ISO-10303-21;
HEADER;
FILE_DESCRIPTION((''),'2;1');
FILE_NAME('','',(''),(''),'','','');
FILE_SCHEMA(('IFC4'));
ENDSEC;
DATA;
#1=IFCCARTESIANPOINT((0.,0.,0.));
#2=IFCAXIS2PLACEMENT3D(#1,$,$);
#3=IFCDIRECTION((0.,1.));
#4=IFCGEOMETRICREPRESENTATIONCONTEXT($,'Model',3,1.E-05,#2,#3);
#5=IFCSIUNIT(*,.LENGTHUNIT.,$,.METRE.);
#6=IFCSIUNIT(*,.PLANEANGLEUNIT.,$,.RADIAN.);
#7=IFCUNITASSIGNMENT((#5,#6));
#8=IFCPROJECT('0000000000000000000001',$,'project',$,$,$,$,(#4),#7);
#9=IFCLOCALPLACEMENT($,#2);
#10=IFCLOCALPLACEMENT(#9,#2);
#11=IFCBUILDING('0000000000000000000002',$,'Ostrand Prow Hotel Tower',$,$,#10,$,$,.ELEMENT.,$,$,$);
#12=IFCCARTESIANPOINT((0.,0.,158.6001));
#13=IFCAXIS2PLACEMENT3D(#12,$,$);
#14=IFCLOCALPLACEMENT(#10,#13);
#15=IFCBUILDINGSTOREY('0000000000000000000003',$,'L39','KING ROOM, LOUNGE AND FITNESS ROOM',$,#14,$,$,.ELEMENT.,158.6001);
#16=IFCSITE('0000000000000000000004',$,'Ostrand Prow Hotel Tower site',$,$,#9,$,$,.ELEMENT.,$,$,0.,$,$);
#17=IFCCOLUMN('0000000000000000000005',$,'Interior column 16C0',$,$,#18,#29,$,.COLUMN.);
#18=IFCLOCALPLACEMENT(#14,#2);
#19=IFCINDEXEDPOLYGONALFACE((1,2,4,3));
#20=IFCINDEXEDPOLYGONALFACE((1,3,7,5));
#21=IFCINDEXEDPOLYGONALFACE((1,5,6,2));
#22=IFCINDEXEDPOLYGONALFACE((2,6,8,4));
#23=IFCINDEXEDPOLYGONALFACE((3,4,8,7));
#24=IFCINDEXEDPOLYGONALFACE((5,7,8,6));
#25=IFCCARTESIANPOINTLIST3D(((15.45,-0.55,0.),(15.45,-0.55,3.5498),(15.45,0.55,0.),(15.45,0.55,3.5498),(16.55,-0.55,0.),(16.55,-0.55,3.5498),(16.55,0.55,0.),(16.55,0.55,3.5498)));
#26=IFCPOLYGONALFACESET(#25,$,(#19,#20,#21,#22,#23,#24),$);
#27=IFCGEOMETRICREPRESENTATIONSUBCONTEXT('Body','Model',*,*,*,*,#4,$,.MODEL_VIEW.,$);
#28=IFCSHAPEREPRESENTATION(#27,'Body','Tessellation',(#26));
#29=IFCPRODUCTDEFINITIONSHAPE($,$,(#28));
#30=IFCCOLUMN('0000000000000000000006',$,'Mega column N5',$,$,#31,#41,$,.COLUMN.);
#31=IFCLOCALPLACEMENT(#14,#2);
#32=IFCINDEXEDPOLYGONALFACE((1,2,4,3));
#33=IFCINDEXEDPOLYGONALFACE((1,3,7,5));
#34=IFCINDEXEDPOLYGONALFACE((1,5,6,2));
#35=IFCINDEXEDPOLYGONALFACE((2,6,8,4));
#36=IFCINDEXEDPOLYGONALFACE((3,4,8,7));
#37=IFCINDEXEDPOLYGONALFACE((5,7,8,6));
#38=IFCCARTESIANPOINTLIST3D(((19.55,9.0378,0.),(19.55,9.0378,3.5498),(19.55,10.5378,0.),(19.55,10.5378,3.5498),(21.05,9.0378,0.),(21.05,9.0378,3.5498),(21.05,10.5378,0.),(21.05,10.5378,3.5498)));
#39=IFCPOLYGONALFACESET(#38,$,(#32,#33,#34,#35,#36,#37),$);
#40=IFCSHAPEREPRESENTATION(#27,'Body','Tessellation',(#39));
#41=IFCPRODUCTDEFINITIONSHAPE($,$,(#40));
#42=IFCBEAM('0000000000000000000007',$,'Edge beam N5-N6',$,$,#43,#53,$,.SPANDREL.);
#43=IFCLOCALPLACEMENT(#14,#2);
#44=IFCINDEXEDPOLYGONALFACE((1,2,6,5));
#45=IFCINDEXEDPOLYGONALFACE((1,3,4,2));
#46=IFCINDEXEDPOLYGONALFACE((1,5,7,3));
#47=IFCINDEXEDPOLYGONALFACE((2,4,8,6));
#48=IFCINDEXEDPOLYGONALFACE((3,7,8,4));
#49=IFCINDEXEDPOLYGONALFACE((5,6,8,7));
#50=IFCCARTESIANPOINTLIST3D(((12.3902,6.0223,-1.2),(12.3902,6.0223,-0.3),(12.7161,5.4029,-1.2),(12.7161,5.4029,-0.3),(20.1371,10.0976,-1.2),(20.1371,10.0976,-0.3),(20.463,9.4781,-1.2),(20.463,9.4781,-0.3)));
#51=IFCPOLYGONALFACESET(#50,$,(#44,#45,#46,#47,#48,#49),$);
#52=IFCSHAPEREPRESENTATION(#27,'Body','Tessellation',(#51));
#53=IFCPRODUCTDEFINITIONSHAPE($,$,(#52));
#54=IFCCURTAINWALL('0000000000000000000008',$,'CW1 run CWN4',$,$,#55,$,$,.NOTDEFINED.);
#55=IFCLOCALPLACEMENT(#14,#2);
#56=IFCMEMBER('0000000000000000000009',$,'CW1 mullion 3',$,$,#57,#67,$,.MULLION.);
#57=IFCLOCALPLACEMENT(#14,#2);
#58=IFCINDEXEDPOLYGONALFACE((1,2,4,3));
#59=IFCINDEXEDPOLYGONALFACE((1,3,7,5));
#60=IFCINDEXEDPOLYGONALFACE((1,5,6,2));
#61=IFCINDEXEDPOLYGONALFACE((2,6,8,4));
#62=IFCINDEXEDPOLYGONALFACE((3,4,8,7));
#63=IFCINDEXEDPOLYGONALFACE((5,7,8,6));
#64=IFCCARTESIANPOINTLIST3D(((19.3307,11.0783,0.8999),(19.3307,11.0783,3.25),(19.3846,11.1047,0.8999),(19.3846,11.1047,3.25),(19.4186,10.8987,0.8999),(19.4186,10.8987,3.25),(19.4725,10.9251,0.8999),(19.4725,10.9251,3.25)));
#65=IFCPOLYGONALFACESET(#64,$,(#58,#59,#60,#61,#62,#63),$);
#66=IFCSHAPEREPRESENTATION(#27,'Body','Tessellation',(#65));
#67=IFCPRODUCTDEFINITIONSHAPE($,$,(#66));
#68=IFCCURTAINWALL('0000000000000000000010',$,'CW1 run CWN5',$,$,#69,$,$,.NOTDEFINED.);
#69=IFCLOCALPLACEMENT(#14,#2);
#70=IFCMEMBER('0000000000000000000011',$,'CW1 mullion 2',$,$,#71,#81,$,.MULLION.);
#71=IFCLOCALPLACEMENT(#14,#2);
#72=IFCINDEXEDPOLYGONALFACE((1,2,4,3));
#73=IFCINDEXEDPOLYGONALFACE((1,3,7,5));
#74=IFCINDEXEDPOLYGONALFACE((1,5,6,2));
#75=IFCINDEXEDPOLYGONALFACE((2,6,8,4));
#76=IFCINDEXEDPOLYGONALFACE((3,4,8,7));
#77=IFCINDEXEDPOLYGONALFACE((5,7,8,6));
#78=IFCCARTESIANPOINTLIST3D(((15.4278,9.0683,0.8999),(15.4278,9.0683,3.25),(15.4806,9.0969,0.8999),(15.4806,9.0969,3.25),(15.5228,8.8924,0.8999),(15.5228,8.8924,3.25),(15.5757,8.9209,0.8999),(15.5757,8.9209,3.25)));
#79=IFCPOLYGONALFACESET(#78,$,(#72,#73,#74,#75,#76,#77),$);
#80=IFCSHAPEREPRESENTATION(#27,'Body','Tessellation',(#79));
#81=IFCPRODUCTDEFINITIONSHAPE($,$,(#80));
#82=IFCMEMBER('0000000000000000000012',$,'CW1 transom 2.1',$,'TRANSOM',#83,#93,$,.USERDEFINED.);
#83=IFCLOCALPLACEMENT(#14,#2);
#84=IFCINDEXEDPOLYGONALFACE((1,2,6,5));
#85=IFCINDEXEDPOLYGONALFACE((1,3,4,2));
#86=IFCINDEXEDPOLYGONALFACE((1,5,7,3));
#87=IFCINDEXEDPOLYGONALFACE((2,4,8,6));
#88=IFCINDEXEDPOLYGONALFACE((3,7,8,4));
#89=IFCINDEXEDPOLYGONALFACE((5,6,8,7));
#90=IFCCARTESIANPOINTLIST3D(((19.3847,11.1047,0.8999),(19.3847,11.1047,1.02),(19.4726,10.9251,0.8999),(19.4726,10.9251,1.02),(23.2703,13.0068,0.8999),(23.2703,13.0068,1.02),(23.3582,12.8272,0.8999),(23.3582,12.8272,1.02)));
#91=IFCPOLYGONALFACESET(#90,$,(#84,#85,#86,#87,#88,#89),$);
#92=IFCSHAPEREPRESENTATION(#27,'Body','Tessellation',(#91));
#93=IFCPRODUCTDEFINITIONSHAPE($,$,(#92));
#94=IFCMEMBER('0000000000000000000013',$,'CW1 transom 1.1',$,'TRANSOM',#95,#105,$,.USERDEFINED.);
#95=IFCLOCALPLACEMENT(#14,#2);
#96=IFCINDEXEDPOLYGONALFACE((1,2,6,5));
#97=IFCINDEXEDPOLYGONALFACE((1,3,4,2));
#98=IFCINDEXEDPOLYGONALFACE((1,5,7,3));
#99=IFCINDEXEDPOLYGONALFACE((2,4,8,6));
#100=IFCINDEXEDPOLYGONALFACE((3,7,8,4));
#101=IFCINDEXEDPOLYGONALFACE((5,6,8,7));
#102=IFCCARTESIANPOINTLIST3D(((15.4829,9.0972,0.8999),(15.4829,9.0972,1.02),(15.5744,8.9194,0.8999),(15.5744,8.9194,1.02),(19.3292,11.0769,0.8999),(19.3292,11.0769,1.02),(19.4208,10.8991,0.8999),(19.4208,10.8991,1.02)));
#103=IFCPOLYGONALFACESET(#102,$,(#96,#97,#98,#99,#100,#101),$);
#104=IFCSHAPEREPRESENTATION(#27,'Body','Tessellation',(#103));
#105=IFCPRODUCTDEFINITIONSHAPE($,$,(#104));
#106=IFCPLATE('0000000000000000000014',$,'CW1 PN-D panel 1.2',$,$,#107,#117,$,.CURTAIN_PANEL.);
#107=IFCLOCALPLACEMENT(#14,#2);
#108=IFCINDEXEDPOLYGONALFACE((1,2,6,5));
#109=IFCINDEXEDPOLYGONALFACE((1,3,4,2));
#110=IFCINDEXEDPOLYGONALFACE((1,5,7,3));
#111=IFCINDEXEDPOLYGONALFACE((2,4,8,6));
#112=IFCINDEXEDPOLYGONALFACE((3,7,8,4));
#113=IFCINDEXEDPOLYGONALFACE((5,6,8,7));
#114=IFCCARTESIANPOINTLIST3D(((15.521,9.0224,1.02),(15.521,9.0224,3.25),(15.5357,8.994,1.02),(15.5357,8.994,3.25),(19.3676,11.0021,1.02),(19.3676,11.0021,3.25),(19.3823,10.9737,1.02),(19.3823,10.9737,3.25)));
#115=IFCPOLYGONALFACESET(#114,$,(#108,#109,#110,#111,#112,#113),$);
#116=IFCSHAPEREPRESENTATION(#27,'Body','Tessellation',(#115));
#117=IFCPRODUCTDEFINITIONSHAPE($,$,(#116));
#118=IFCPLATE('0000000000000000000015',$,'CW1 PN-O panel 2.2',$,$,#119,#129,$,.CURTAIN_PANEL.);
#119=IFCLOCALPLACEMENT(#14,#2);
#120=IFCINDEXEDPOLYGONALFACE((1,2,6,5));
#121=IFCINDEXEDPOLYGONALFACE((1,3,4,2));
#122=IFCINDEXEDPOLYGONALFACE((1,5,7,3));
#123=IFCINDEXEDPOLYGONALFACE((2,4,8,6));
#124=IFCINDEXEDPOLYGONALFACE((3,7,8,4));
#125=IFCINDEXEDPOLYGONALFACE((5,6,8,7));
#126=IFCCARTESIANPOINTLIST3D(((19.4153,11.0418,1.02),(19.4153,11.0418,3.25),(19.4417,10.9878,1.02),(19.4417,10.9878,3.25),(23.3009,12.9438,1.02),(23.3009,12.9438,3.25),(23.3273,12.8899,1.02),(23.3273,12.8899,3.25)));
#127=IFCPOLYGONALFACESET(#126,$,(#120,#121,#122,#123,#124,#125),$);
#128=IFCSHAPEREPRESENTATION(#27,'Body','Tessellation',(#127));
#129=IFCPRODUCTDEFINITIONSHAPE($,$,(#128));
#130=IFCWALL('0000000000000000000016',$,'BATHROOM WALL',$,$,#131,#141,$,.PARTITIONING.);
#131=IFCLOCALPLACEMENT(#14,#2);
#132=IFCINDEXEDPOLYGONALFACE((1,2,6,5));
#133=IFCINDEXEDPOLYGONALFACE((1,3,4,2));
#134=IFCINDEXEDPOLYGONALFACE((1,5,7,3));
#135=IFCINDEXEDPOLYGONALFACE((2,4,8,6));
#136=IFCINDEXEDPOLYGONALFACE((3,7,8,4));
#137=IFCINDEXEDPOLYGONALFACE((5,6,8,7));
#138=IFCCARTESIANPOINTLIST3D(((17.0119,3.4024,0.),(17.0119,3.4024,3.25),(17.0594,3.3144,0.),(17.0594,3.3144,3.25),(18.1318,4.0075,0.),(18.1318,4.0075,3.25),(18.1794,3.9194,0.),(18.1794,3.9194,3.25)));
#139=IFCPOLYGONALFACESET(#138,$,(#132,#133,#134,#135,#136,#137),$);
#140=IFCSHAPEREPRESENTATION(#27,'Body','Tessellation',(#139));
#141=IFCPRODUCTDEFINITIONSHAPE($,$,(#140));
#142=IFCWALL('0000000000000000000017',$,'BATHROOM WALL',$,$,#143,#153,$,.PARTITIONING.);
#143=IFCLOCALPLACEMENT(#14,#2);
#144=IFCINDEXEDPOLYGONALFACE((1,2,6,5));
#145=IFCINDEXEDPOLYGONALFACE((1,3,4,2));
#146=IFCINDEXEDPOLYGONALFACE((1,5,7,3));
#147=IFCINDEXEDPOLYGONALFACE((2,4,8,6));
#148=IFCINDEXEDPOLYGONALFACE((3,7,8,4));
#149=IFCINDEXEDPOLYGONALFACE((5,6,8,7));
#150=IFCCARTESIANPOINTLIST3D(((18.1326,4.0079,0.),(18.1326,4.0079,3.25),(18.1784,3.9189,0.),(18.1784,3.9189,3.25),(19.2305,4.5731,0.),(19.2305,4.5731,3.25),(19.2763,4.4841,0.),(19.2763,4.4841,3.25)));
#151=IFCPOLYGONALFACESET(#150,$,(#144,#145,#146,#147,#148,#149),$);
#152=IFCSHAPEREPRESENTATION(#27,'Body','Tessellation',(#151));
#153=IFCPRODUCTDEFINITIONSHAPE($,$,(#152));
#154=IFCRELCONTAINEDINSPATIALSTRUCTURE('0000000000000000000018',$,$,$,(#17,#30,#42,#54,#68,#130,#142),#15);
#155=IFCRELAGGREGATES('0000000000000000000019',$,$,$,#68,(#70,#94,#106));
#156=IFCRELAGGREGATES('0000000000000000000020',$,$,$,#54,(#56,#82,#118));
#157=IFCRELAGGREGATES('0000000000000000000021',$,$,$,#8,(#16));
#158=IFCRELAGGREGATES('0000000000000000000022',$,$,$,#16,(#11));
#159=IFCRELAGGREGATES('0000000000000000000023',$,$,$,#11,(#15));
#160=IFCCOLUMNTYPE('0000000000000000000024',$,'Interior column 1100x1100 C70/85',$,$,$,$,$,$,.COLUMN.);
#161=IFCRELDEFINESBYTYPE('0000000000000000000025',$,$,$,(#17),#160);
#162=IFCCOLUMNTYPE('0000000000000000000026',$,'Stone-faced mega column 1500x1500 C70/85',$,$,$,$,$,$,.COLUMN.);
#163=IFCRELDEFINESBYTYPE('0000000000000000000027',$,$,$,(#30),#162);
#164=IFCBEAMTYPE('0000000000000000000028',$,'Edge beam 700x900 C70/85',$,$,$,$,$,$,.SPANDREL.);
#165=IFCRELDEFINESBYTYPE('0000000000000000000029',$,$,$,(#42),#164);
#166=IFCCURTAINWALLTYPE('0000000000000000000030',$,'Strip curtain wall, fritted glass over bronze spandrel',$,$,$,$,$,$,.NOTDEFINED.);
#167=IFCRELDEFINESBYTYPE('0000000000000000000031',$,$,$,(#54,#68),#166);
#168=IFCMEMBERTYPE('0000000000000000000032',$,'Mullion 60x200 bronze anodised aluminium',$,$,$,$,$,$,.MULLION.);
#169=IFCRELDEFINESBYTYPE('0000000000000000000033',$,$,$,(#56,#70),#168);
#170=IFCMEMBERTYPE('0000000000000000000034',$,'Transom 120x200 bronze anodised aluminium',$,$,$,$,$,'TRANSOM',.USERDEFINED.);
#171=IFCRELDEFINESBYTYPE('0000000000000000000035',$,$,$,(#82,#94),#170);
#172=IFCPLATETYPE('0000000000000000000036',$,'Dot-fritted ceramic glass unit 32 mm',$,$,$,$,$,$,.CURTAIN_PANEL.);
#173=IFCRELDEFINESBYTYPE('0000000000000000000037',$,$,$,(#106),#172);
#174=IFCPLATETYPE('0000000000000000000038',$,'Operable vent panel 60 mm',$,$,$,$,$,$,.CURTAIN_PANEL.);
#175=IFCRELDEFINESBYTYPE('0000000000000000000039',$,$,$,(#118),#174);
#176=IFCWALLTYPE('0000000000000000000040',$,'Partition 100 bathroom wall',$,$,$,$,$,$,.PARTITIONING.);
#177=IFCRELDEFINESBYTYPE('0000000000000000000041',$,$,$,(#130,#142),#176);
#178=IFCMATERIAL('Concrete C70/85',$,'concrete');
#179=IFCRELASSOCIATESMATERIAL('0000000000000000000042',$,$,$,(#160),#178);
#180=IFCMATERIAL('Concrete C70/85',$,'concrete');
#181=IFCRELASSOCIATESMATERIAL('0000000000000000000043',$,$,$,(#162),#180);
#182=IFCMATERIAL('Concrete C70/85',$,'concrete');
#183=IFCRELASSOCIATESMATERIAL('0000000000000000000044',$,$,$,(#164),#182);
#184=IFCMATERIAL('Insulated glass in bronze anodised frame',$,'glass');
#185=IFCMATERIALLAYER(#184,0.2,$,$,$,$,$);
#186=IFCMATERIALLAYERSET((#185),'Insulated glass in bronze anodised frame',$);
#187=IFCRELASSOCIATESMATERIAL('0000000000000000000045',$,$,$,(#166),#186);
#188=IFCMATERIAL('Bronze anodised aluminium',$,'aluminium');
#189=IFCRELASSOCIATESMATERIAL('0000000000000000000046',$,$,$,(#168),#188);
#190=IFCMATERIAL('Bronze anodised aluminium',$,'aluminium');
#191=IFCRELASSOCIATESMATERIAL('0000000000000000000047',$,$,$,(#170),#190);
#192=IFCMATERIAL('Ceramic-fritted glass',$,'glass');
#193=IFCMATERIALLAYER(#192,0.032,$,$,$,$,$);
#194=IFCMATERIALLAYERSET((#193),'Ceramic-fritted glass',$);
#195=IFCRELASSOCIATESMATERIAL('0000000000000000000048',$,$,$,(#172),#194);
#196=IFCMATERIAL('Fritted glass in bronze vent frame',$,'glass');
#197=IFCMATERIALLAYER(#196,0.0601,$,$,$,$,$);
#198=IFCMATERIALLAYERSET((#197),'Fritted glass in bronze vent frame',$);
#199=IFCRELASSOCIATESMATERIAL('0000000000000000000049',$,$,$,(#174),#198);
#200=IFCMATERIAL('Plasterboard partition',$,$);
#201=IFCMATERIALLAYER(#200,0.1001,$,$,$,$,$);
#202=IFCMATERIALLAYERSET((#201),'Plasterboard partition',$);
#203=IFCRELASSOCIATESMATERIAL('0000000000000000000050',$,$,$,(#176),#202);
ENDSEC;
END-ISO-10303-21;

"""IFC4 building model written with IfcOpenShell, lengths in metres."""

from ifc_helpers import new_model, si_unit, direction, frame, frame_2d, origin, origin_2d, place, context, subcontext, project, spatial, rectangle, extrude, material, layer, layer_set, material_profile, profile_set, type_object, element, aggregate, save


model = new_model("IFC4")

# Units and contexts
model_context = context("Model", 3, precision=1e-05, world=origin(), true_north=direction((0.0, 1.0)))
body_context = subcontext(model_context, "Body", "Model", "MODEL_VIEW")
ifc_project = project(units=[si_unit("LENGTHUNIT", "METRE"), si_unit("PLANEANGLEUNIT", "RADIAN")], contexts=[model_context])

# Site, building, storey
site_placement = place(None, origin())
site = spatial("IfcSite", under=ifc_project, at=site_placement, Name="Ostrand Prow Hotel Tower site", CompositionType="ELEMENT", RefElevation=0.0)
building_placement = place(site_placement, origin())
building = spatial("IfcBuilding", under=site, at=building_placement, Name="Ostrand Prow Hotel Tower", CompositionType="ELEMENT")
storey_placement = place(building_placement, frame((0.0, 0.0, 158.6001)))
storey = spatial("IfcBuildingStorey", under=building, at=storey_placement, Name="L39", Description="KING ROOM, LOUNGE AND FITNESS ROOM", CompositionType="ELEMENT", Elevation=158.6001)

# Columns
ifc_material_1 = material(Name="Concrete C70/85", Category="concrete")
ifc_material_profile_1 = material_profile(ifc_material_1, rectangle(XDim=1.1001, YDim=1.1001, at=origin_2d()), Name="RC 1100x1100")
ifc_profile_set_1 = profile_set([ifc_material_profile_1], Name="Concrete C70/85")
column_type_1 = type_object("IfcColumnType", Name="Interior column 1100x1100 C70/85", PredefinedType="COLUMN", material=ifc_profile_set_1)
column_1_placement = place(storey_placement, frame((16.0, 0.0, 0.0), z_axis=(0.0, 0.0, 1.0), x_axis=(1.0, 0.0, 0.0)))
element("IfcColumn", 1, at=column_1_placement, inside=storey, type_object=column_type_1, Name="Interior column 16C0", PredefinedType="COLUMN", context=body_context, shape_type="SweptSolid", body=[
    extrude(rectangle(XDim=1.1001, YDim=1.1001, at=origin_2d()), origin(), (0.0, 0.0, 1.0), 3.5498),
])
ifc_material_2 = material(Name="Concrete C70/85", Category="concrete")
ifc_material_profile_2 = material_profile(ifc_material_2, rectangle(XDim=1.5, YDim=1.5, at=origin_2d()), Name="RC 1500x1500")
ifc_profile_set_2 = profile_set([ifc_material_profile_2], Name="Concrete C70/85")
column_type_2 = type_object("IfcColumnType", Name="Stone-faced mega column 1500x1500 C70/85", PredefinedType="COLUMN", material=ifc_profile_set_2)
column_2_placement = place(storey_placement, frame((20.3, 9.7878, 0.0), z_axis=(0.0, 0.0, 1.0), x_axis=(1.0, 0.0, 0.0)))
element("IfcColumn", 2, at=column_2_placement, inside=storey, type_object=column_type_2, Name="Mega column N5", PredefinedType="COLUMN", context=body_context, shape_type="SweptSolid", body=[
    extrude(rectangle(XDim=1.5, YDim=1.5, at=origin_2d()), origin(), (0.0, 0.0, 1.0), 3.5498),
])

# Beam
ifc_material_3 = material(Name="Concrete C70/85", Category="concrete")
ifc_material_profile_3 = material_profile(ifc_material_3, rectangle(XDim=0.7, YDim=0.8999, at=origin_2d()), Name="RC 700x900")
ifc_profile_set_3 = profile_set([ifc_material_profile_3], Name="Concrete C70/85")
beam_type = type_object("IfcBeamType", Name="Edge beam 700x900 C70/85", PredefinedType="SPANDREL", material=ifc_profile_set_3)
beam_placement = place(storey_placement, frame((20.3, 9.7878, -0.75), z_axis=(-0.885016, -0.46556, 0.0), x_axis=(0.46556, -0.885016, 0.0)))
element("IfcBeam", 3, at=beam_placement, inside=storey, type_object=beam_type, Name="Edge beam N5-N6", PredefinedType="SPANDREL", context=body_context, shape_type="SweptSolid", body=[
    extrude(rectangle(XDim=0.7, YDim=0.8999, at=origin_2d()), origin(), (0.0, 0.0, 1.0), 8.7534),
])

# Curtain walls, members
ifc_material_4 = material(Name="Insulated glass in bronze anodised frame", Category="glass")
ifc_layer_1 = layer(ifc_material_4, 0.2)
ifc_layer_set_1 = layer_set([ifc_layer_1], Name="Insulated glass in bronze anodised frame")
curtain_wall_type = type_object("IfcCurtainWallType", Name="Strip curtain wall, fritted glass over bronze spandrel", PredefinedType="NOTDEFINED", material=ifc_layer_set_1)
curtain_wall_1_placement = place(storey_placement, origin())
curtain_wall_1 = element("IfcCurtainWall", 4, at=curtain_wall_1_placement, inside=storey, type_object=curtain_wall_type, Name="CW1 run CWN4", PredefinedType="NOTDEFINED")
ifc_material_5 = material(Name="Bronze anodised aluminium", Category="aluminium")
ifc_material_profile_4 = material_profile(ifc_material_5, rectangle(XDim=0.2, YDim=0.0601, at=origin_2d()), Name="Mullion 60x200 bronze anodised aluminium")
ifc_profile_set_4 = profile_set([ifc_material_profile_4], Name="Bronze anodised aluminium")
member_type_1 = type_object("IfcMemberType", Name="Mullion 60x200 bronze anodised aluminium", PredefinedType="MULLION", material=ifc_profile_set_4)
member_1_placement = place(storey_placement, frame((19.4016, 11.0017, 0.8999), z_axis=(0.0, 0.0, 1.0), x_axis=(0.439659, -0.898165, 0.0)))
member_1 = element("IfcMember", 5, at=member_1_placement, type_object=member_type_1, Name="CW1 mullion 3", PredefinedType="MULLION", context=body_context, shape_type="SweptSolid", body=[
    extrude(rectangle(XDim=0.2, YDim=0.0601, at=origin_2d()), origin(), (0.0, 0.0, 1.0), 2.3501),
])
curtain_wall_2_placement = place(storey_placement, origin())
curtain_wall_2 = element("IfcCurtainWall", 6, at=curtain_wall_2_placement, inside=storey, type_object=curtain_wall_type, Name="CW1 run CWN5", PredefinedType="NOTDEFINED")
member_2_placement = place(storey_placement, frame((15.5017, 8.9946, 0.8999), z_axis=(0.0, 0.0, 1.0), x_axis=(0.475394, -0.879773, 0.0)))
member_2 = element("IfcMember", 7, at=member_2_placement, type_object=member_type_1, Name="CW1 mullion 2", PredefinedType="MULLION", context=body_context, shape_type="SweptSolid", body=[
    extrude(rectangle(XDim=0.2, YDim=0.0601, at=origin_2d()), origin(), (0.0, 0.0, 1.0), 2.3501),
])

# Members
ifc_material_6 = material(Name="Bronze anodised aluminium", Category="aluminium")
ifc_material_profile_5 = material_profile(ifc_material_6, rectangle(XDim=0.2, YDim=0.1201, at=origin_2d()), Name="Transom 120x200 bronze anodised aluminium")
ifc_profile_set_5 = profile_set([ifc_material_profile_5], Name="Bronze anodised aluminium")
member_type_2 = type_object("IfcMemberType", Name="Transom 120x200 bronze anodised aluminium", ElementType="TRANSOM", PredefinedType="USERDEFINED", material=ifc_profile_set_5)
member_3_placement = place(storey_placement, frame((23.3142, 12.917, 0.96), z_axis=(-0.898154, -0.439681, 0.0), x_axis=(0.439681, -0.898154, 0.0)))
member_3 = element("IfcMember", 8, at=member_3_placement, type_object=member_type_2, Name="CW1 transom 2.1", ObjectType="TRANSOM", PredefinedType="USERDEFINED", context=body_context, shape_type="SweptSolid", body=[
    extrude(rectangle(XDim=0.2, YDim=0.1201, at=origin_2d()), origin(), (0.0, 0.0, 1.0), 4.3262),
])
member_4_placement = place(storey_placement, frame((19.375, 10.988, 0.96), z_axis=(-0.88914, -0.457635, 0.0), x_axis=(0.457635, -0.88914, 0.0)))
member_4 = element("IfcMember", 9, at=member_4_placement, type_object=member_type_2, Name="CW1 transom 1.1", ObjectType="TRANSOM", PredefinedType="USERDEFINED", context=body_context, shape_type="SweptSolid", body=[
    extrude(rectangle(XDim=0.2, YDim=0.1201, at=origin_2d()), origin(), (0.0, 0.0, 1.0), 4.3259),
])

# Plates
ifc_material_7 = material(Name="Ceramic-fritted glass", Category="glass")
ifc_layer_2 = layer(ifc_material_7, 0.032)
ifc_layer_set_2 = layer_set([ifc_layer_2], Name="Ceramic-fritted glass")
plate_type_1 = type_object("IfcPlateType", Name="Dot-fritted ceramic glass unit 32 mm", PredefinedType="CURTAIN_PANEL", material=ifc_layer_set_2)
plate_1_placement = place(storey_placement, frame((17.4517, 9.998, 1.02), z_axis=(0.0, 0.0, 1.0), x_axis=(-0.889148, -0.457619, 0.0)))
plate_1 = element("IfcPlate", 10, at=plate_1_placement, type_object=plate_type_1, Name="CW1 PN-D panel 1.2", PredefinedType="CURTAIN_PANEL", context=body_context, shape_type="SweptSolid", body=[
    extrude(rectangle(XDim=4.3262, YDim=0.032, at=origin_2d()), origin(), (0.0, 0.0, 1.0), 2.23),
])
aggregate(curtain_wall_2, [member_2, member_4, plate_1])
ifc_material_8 = material(Name="Fritted glass in bronze vent frame", Category="glass")
ifc_layer_3 = layer(ifc_material_8, 0.0601)
ifc_layer_set_3 = layer_set([ifc_layer_3], Name="Fritted glass in bronze vent frame")
plate_type_2 = type_object("IfcPlateType", Name="Operable vent panel 60 mm", PredefinedType="CURTAIN_PANEL", material=ifc_layer_set_3)
plate_2_placement = place(storey_placement, frame((21.3713, 11.9658, 1.02), z_axis=(0.0, 0.0, 1.0), x_axis=(-0.898165, -0.439659, 0.0)))
plate_2 = element("IfcPlate", 11, at=plate_2_placement, type_object=plate_type_2, Name="CW1 PN-O panel 2.2", PredefinedType="CURTAIN_PANEL", context=body_context, shape_type="SweptSolid", body=[
    extrude(rectangle(XDim=4.3262, YDim=0.0601, at=origin_2d()), origin(), (0.0, 0.0, 1.0), 2.23),
])
aggregate(curtain_wall_1, [member_1, member_3, plate_2])

# Walls
ifc_material_9 = material(Name="Plasterboard partition")
ifc_layer_4 = layer(ifc_material_9, 0.1001)
ifc_layer_set_4 = layer_set([ifc_layer_4], Name="Plasterboard partition")
wall_type_1 = type_object("IfcWallType", Name="Partition 100 bathroom wall", PredefinedType="PARTITIONING", material=ifc_layer_set_4)
wall_1_placement = place(storey_placement, frame((17.0356, 3.3584, 0.0), z_axis=(0.0, 0.0, 1.0), x_axis=(0.879824, 0.4753, 0.0)))
element("IfcWall", 12, at=wall_1_placement, inside=storey, type_object=wall_type_1, Name="BATHROOM WALL", PredefinedType="PARTITIONING", context=body_context, shape_type="SweptSolid", body=[
    extrude(rectangle(XDim=1.2729, YDim=0.1001, at=frame_2d((0.6365, 0.0))), origin(), (0.0, 0.0, 1.0), 3.25),
])
wall_2_placement = place(storey_placement, frame((18.1555, 3.9634, 0.0), z_axis=(0.0, 0.0, 1.0), x_axis=(0.889106, 0.457701, 0.0)))
element("IfcWall", 13, at=wall_2_placement, inside=storey, type_object=wall_type_1, Name="BATHROOM WALL", PredefinedType="PARTITIONING", context=body_context, shape_type="SweptSolid", body=[
    extrude(rectangle(XDim=1.2349, YDim=0.1001, at=frame_2d((0.6174, 0.0))), origin(), (0.0, 0.0, 1.0), 3.25),
])

save(model, "model.ifc")
